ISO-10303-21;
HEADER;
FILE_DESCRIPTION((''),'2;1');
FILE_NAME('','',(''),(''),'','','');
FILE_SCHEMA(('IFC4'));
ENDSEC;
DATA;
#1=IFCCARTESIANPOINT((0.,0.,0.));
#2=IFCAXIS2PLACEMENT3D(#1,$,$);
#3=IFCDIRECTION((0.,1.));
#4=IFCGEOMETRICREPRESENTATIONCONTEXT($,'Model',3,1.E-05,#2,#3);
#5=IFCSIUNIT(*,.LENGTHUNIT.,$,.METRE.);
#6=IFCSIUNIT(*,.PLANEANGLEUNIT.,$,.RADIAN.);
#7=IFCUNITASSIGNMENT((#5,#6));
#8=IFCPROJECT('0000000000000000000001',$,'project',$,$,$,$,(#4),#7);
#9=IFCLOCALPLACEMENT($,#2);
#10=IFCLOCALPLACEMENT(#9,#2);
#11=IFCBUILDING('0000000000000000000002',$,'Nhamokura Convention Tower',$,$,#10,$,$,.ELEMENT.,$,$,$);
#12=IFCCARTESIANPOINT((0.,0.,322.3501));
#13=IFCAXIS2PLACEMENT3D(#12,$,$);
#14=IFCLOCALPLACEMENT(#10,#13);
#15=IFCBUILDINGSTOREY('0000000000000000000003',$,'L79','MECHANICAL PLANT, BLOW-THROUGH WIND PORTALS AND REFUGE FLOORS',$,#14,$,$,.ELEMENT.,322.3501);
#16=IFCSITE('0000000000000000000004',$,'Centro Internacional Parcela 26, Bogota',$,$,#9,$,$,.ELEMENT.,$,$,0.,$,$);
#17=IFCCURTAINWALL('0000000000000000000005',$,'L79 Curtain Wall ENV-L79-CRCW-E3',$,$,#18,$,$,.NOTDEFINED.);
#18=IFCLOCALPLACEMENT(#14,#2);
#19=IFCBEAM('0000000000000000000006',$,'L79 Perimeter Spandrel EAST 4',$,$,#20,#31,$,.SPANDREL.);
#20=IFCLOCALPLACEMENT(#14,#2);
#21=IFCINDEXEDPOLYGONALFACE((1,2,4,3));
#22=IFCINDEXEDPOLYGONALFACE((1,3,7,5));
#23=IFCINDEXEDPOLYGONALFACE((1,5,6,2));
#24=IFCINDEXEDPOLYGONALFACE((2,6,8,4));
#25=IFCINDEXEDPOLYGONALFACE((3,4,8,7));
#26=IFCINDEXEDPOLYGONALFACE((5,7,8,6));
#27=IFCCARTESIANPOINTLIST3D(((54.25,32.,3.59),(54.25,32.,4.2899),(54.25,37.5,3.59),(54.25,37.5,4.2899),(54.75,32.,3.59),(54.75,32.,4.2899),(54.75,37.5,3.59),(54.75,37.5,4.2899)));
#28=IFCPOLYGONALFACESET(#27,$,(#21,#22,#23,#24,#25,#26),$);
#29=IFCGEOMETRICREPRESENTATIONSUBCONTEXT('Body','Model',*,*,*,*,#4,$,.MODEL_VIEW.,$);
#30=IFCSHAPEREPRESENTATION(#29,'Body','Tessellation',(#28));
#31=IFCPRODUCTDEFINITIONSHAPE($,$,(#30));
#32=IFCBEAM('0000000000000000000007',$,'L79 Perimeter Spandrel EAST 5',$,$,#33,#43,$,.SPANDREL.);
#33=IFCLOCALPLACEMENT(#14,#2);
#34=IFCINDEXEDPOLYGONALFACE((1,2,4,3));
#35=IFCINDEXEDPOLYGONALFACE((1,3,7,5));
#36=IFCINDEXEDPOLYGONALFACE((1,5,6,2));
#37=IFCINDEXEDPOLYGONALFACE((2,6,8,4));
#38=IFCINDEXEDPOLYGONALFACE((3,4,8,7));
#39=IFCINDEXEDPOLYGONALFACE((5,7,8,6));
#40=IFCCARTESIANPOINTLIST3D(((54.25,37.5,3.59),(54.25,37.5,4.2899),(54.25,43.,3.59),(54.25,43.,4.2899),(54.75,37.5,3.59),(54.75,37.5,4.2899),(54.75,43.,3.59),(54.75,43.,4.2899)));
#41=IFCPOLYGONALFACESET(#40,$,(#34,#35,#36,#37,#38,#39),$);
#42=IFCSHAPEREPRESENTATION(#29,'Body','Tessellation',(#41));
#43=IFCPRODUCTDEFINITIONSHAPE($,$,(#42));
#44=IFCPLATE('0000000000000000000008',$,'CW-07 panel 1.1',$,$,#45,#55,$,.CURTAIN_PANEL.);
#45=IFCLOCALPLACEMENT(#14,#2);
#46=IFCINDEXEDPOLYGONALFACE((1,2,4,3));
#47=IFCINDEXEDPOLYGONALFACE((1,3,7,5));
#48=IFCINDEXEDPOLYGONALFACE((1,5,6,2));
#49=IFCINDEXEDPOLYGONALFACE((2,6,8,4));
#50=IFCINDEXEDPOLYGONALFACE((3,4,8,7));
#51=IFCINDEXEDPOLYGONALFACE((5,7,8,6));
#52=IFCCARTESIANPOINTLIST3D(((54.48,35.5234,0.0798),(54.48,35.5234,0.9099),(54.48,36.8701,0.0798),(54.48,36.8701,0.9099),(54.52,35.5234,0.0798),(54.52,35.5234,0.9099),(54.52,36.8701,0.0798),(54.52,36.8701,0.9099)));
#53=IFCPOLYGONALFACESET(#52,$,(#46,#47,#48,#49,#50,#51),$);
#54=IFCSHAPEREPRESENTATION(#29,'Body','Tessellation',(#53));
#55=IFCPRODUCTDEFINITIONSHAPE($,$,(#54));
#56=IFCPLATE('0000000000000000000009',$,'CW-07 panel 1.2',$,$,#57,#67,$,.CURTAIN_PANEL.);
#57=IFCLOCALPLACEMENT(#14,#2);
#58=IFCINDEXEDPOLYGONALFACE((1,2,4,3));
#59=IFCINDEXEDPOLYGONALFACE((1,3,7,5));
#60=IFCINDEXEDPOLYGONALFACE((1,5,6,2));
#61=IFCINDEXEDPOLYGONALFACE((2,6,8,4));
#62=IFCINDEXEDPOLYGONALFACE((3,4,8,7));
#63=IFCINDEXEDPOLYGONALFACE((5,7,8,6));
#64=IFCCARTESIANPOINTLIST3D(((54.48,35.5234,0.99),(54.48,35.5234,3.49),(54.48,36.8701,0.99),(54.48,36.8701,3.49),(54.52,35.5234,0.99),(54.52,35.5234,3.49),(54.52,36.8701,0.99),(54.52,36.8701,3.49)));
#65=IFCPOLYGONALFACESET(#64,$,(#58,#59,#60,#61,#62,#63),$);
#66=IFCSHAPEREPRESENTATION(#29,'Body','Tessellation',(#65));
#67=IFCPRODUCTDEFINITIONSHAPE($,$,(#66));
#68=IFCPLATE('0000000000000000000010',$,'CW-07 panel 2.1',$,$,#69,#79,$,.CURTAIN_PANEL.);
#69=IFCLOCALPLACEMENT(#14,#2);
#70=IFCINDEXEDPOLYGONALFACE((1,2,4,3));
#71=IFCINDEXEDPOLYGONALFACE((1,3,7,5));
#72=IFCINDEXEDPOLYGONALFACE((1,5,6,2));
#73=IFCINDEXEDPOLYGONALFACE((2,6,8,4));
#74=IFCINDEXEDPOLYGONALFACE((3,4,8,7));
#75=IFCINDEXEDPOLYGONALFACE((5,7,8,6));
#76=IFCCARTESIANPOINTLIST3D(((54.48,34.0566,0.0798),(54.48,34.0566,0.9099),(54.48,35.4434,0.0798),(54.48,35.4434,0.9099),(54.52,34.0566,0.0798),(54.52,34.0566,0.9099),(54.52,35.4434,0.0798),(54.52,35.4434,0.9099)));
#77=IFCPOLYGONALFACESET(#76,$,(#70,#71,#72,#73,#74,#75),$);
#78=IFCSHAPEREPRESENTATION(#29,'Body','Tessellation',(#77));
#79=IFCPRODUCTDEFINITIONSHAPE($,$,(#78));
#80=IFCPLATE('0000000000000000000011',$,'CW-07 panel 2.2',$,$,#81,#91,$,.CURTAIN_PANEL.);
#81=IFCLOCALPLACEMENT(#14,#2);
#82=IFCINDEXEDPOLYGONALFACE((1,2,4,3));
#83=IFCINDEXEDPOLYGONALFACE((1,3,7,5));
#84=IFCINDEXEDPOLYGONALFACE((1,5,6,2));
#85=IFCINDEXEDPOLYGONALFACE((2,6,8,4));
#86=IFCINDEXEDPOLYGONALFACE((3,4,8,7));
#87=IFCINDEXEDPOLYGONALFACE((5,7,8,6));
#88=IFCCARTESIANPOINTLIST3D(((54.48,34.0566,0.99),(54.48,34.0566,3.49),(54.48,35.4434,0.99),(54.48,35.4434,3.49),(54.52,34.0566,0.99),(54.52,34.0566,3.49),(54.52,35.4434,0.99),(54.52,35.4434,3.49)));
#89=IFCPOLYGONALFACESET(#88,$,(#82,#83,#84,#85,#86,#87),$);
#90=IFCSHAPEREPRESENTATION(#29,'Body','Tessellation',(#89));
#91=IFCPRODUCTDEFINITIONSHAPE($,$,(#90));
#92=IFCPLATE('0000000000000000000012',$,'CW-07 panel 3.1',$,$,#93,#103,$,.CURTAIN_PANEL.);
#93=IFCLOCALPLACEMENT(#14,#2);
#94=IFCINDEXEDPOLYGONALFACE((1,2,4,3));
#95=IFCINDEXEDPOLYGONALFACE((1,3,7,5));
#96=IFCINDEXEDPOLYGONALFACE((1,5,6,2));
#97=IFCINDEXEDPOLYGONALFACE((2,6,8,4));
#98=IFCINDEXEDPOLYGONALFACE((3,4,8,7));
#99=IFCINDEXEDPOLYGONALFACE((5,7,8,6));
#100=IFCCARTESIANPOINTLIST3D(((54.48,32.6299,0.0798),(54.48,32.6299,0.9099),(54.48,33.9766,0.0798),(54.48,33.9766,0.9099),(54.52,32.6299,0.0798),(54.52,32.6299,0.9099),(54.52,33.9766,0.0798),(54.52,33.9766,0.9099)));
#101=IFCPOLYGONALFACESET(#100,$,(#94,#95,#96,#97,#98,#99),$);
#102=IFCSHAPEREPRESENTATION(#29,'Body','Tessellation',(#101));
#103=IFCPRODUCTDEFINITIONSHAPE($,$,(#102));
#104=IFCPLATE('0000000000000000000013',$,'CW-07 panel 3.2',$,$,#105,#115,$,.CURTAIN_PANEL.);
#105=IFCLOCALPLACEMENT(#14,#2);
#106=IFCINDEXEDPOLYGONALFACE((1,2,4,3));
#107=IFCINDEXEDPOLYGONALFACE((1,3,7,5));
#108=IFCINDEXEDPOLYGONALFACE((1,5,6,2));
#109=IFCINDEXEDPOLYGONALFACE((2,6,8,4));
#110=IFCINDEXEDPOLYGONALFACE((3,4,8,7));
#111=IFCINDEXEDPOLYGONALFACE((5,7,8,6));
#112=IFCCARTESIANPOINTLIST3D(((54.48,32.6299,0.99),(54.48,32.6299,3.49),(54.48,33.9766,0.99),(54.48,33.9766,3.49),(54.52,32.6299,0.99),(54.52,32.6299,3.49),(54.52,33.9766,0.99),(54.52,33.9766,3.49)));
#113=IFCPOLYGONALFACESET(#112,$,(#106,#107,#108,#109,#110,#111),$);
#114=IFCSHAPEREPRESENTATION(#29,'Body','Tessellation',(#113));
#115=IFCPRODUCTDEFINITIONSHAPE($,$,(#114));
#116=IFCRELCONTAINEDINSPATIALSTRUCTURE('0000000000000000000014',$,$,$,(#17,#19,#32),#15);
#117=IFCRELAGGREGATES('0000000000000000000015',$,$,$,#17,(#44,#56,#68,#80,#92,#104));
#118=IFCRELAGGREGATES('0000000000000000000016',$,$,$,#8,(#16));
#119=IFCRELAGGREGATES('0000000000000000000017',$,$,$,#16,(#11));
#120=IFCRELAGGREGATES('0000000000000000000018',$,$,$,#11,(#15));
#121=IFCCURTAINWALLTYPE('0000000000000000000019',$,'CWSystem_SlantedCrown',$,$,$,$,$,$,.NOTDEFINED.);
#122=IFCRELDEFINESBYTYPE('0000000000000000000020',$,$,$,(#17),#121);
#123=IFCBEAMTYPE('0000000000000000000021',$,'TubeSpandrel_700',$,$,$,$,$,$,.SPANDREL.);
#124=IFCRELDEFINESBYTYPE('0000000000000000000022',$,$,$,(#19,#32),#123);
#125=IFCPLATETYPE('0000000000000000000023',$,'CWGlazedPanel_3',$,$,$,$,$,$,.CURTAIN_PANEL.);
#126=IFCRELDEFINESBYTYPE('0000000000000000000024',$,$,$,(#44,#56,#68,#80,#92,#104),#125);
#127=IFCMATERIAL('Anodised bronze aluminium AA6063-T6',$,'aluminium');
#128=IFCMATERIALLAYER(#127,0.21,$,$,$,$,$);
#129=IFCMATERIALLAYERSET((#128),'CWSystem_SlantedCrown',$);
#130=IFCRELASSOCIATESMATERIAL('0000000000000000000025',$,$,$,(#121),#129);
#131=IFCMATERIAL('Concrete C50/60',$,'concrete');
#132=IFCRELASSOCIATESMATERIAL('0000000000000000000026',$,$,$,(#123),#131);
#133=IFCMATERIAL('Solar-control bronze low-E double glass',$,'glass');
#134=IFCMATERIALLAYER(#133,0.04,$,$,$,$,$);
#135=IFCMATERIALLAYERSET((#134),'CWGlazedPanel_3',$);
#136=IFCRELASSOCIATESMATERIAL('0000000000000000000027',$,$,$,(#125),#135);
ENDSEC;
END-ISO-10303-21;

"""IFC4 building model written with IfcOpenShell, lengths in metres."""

from ifc_helpers import new_model, si_unit, direction, frame, origin, origin_2d, place, context, subcontext, project, spatial, rectangle, extrude, material, layer, layer_set, material_profile, profile_set, type_object, element, aggregate, save


model = new_model("IFC4")

# Units and contexts
model_context = context("Model", 3, precision=1e-05, world=origin(), true_north=direction((0.0, 1.0)))
body_context = subcontext(model_context, "Body", "Model", "MODEL_VIEW")
ifc_project = project(units=[si_unit("LENGTHUNIT", "METRE"), si_unit("PLANEANGLEUNIT", "RADIAN")], contexts=[model_context])

# Site, building, storey
site_placement = place(None, origin())
site = spatial("IfcSite", under=ifc_project, at=site_placement, Name="Centro Internacional Parcela 26, Bogota", CompositionType="ELEMENT", RefElevation=0.0)
building_placement = place(site_placement, origin())
building = spatial("IfcBuilding", under=site, at=building_placement, Name="Nhamokura Convention Tower", CompositionType="ELEMENT")
storey_placement = place(building_placement, frame((0.0, 0.0, 322.3501)))
storey = spatial("IfcBuildingStorey", under=building, at=storey_placement, Name="L79", Description="MECHANICAL PLANT, BLOW-THROUGH WIND PORTALS AND REFUGE FLOORS", CompositionType="ELEMENT", Elevation=322.3501)

# Curtain wall
ifc_material_1 = material(Name="Anodised bronze aluminium AA6063-T6", Category="aluminium")
ifc_layer_1 = layer(ifc_material_1, 0.21)
ifc_layer_set_1 = layer_set([ifc_layer_1], Name="CWSystem_SlantedCrown")
curtain_wall_type = type_object("IfcCurtainWallType", Name="CWSystem_SlantedCrown", PredefinedType="NOTDEFINED", material=ifc_layer_set_1)
curtain_wall_placement = place(storey_placement, origin())
curtain_wall = element("IfcCurtainWall", 1, at=curtain_wall_placement, inside=storey, type_object=curtain_wall_type, Name="L79 Curtain Wall ENV-L79-CRCW-E3", PredefinedType="NOTDEFINED")

# Beams
ifc_material_2 = material(Name="Concrete C50/60", Category="concrete")
ifc_material_profile_1 = material_profile(ifc_material_2, rectangle(XDim=0.5, YDim=0.7, at=origin_2d()))
ifc_profile_set_1 = profile_set([ifc_material_profile_1], Name="Concrete C50/60")
beam_type = type_object("IfcBeamType", Name="TubeSpandrel_700", PredefinedType="SPANDREL", material=ifc_profile_set_1)
for number, where, z_axis, x_axis, name in (
    (2, (54.5, 32.0, 3.9399), (0.0, 1.0, 0.0), (-1.0, 0.0, 0.0), "L79 Perimeter Spandrel EAST 4"),
    (3, (54.5, 37.5, 3.9399), (0.0, 1.0, 0.0), (-1.0, 0.0, 0.0), "L79 Perimeter Spandrel EAST 5"),
):
    element("IfcBeam", number, at=place(storey_placement, frame(where, z_axis=z_axis, x_axis=x_axis)), inside=storey, type_object=beam_type, Name=name, PredefinedType="SPANDREL", context=body_context, shape_type="SweptSolid", body=[
        extrude(rectangle(XDim=0.5, YDim=0.7, at=origin_2d()), origin(), (0.0, 0.0, 1.0), 5.5),
    ])

# Plates
ifc_material_3 = material(Name="Solar-control bronze low-E double glass", Category="glass")
ifc_layer_2 = layer(ifc_material_3, 0.04)
ifc_layer_set_2 = layer_set([ifc_layer_2], Name="CWGlazedPanel_3")
plate_type = type_object("IfcPlateType", Name="CWGlazedPanel_3", PredefinedType="CURTAIN_PANEL", material=ifc_layer_set_2)
plate_1_placement = place(storey_placement, frame((54.5, 36.1968, 0.0798), z_axis=(0.0, 0.0, 1.0), x_axis=(0.0, -1.0, 0.0)))
plate_1 = element("IfcPlate", 4, at=plate_1_placement, type_object=plate_type, Name="CW-07 panel 1.1", PredefinedType="CURTAIN_PANEL", context=body_context, shape_type="SweptSolid", body=[
    extrude(rectangle(XDim=1.3467, YDim=0.04, at=origin_2d()), origin(), (0.0, 0.0, 1.0), 0.8301),
])
plate_2_placement = place(storey_placement, frame((54.5, 36.1968, 0.99), z_axis=(0.0, 0.0, 1.0), x_axis=(0.0, -1.0, 0.0)))
plate_2 = element("IfcPlate", 5, at=plate_2_placement, type_object=plate_type, Name="CW-07 panel 1.2", PredefinedType="CURTAIN_PANEL", context=body_context, shape_type="SweptSolid", body=[
    extrude(rectangle(XDim=1.3467, YDim=0.04, at=origin_2d()), origin(), (0.0, 0.0, 1.0), 2.5),
])
plate_3_placement = place(storey_placement, frame((54.5, 34.75, 0.0798), z_axis=(0.0, 0.0, 1.0), x_axis=(0.0, -1.0, 0.0)))
plate_3 = element("IfcPlate", 6, at=plate_3_placement, type_object=plate_type, Name="CW-07 panel 2.1", PredefinedType="CURTAIN_PANEL", context=body_context, shape_type="SweptSolid", body=[
    extrude(rectangle(XDim=1.3867, YDim=0.04, at=origin_2d()), origin(), (0.0, 0.0, 1.0), 0.8301),
])
plate_4_placement = place(storey_placement, frame((54.5, 34.75, 0.99), z_axis=(0.0, 0.0, 1.0), x_axis=(0.0, -1.0, 0.0)))
plate_4 = element("IfcPlate", 7, at=plate_4_placement, type_object=plate_type, Name="CW-07 panel 2.2", PredefinedType="CURTAIN_PANEL", context=body_context, shape_type="SweptSolid", body=[
    extrude(rectangle(XDim=1.3867, YDim=0.04, at=origin_2d()), origin(), (0.0, 0.0, 1.0), 2.5),
])
plate_5_placement = place(storey_placement, frame((54.5, 33.3032, 0.0798), z_axis=(0.0, 0.0, 1.0), x_axis=(0.0, -1.0, 0.0)))
plate_5 = element("IfcPlate", 8, at=plate_5_placement, type_object=plate_type, Name="CW-07 panel 3.1", PredefinedType="CURTAIN_PANEL", context=body_context, shape_type="SweptSolid", body=[
    extrude(rectangle(XDim=1.3467, YDim=0.04, at=origin_2d()), origin(), (0.0, 0.0, 1.0), 0.8301),
])
plate_6_placement = place(storey_placement, frame((54.5, 33.3032, 0.99), z_axis=(0.0, 0.0, 1.0), x_axis=(0.0, -1.0, 0.0)))
plate_6 = element("IfcPlate", 9, at=plate_6_placement, type_object=plate_type, Name="CW-07 panel 3.2", PredefinedType="CURTAIN_PANEL", context=body_context, shape_type="SweptSolid", body=[
    extrude(rectangle(XDim=1.3467, YDim=0.04, at=origin_2d()), origin(), (0.0, 0.0, 1.0), 2.5),
])
aggregate(curtain_wall, [plate_1, plate_2, plate_3, plate_4, plate_5, plate_6])

save(model, "model.ifc")
